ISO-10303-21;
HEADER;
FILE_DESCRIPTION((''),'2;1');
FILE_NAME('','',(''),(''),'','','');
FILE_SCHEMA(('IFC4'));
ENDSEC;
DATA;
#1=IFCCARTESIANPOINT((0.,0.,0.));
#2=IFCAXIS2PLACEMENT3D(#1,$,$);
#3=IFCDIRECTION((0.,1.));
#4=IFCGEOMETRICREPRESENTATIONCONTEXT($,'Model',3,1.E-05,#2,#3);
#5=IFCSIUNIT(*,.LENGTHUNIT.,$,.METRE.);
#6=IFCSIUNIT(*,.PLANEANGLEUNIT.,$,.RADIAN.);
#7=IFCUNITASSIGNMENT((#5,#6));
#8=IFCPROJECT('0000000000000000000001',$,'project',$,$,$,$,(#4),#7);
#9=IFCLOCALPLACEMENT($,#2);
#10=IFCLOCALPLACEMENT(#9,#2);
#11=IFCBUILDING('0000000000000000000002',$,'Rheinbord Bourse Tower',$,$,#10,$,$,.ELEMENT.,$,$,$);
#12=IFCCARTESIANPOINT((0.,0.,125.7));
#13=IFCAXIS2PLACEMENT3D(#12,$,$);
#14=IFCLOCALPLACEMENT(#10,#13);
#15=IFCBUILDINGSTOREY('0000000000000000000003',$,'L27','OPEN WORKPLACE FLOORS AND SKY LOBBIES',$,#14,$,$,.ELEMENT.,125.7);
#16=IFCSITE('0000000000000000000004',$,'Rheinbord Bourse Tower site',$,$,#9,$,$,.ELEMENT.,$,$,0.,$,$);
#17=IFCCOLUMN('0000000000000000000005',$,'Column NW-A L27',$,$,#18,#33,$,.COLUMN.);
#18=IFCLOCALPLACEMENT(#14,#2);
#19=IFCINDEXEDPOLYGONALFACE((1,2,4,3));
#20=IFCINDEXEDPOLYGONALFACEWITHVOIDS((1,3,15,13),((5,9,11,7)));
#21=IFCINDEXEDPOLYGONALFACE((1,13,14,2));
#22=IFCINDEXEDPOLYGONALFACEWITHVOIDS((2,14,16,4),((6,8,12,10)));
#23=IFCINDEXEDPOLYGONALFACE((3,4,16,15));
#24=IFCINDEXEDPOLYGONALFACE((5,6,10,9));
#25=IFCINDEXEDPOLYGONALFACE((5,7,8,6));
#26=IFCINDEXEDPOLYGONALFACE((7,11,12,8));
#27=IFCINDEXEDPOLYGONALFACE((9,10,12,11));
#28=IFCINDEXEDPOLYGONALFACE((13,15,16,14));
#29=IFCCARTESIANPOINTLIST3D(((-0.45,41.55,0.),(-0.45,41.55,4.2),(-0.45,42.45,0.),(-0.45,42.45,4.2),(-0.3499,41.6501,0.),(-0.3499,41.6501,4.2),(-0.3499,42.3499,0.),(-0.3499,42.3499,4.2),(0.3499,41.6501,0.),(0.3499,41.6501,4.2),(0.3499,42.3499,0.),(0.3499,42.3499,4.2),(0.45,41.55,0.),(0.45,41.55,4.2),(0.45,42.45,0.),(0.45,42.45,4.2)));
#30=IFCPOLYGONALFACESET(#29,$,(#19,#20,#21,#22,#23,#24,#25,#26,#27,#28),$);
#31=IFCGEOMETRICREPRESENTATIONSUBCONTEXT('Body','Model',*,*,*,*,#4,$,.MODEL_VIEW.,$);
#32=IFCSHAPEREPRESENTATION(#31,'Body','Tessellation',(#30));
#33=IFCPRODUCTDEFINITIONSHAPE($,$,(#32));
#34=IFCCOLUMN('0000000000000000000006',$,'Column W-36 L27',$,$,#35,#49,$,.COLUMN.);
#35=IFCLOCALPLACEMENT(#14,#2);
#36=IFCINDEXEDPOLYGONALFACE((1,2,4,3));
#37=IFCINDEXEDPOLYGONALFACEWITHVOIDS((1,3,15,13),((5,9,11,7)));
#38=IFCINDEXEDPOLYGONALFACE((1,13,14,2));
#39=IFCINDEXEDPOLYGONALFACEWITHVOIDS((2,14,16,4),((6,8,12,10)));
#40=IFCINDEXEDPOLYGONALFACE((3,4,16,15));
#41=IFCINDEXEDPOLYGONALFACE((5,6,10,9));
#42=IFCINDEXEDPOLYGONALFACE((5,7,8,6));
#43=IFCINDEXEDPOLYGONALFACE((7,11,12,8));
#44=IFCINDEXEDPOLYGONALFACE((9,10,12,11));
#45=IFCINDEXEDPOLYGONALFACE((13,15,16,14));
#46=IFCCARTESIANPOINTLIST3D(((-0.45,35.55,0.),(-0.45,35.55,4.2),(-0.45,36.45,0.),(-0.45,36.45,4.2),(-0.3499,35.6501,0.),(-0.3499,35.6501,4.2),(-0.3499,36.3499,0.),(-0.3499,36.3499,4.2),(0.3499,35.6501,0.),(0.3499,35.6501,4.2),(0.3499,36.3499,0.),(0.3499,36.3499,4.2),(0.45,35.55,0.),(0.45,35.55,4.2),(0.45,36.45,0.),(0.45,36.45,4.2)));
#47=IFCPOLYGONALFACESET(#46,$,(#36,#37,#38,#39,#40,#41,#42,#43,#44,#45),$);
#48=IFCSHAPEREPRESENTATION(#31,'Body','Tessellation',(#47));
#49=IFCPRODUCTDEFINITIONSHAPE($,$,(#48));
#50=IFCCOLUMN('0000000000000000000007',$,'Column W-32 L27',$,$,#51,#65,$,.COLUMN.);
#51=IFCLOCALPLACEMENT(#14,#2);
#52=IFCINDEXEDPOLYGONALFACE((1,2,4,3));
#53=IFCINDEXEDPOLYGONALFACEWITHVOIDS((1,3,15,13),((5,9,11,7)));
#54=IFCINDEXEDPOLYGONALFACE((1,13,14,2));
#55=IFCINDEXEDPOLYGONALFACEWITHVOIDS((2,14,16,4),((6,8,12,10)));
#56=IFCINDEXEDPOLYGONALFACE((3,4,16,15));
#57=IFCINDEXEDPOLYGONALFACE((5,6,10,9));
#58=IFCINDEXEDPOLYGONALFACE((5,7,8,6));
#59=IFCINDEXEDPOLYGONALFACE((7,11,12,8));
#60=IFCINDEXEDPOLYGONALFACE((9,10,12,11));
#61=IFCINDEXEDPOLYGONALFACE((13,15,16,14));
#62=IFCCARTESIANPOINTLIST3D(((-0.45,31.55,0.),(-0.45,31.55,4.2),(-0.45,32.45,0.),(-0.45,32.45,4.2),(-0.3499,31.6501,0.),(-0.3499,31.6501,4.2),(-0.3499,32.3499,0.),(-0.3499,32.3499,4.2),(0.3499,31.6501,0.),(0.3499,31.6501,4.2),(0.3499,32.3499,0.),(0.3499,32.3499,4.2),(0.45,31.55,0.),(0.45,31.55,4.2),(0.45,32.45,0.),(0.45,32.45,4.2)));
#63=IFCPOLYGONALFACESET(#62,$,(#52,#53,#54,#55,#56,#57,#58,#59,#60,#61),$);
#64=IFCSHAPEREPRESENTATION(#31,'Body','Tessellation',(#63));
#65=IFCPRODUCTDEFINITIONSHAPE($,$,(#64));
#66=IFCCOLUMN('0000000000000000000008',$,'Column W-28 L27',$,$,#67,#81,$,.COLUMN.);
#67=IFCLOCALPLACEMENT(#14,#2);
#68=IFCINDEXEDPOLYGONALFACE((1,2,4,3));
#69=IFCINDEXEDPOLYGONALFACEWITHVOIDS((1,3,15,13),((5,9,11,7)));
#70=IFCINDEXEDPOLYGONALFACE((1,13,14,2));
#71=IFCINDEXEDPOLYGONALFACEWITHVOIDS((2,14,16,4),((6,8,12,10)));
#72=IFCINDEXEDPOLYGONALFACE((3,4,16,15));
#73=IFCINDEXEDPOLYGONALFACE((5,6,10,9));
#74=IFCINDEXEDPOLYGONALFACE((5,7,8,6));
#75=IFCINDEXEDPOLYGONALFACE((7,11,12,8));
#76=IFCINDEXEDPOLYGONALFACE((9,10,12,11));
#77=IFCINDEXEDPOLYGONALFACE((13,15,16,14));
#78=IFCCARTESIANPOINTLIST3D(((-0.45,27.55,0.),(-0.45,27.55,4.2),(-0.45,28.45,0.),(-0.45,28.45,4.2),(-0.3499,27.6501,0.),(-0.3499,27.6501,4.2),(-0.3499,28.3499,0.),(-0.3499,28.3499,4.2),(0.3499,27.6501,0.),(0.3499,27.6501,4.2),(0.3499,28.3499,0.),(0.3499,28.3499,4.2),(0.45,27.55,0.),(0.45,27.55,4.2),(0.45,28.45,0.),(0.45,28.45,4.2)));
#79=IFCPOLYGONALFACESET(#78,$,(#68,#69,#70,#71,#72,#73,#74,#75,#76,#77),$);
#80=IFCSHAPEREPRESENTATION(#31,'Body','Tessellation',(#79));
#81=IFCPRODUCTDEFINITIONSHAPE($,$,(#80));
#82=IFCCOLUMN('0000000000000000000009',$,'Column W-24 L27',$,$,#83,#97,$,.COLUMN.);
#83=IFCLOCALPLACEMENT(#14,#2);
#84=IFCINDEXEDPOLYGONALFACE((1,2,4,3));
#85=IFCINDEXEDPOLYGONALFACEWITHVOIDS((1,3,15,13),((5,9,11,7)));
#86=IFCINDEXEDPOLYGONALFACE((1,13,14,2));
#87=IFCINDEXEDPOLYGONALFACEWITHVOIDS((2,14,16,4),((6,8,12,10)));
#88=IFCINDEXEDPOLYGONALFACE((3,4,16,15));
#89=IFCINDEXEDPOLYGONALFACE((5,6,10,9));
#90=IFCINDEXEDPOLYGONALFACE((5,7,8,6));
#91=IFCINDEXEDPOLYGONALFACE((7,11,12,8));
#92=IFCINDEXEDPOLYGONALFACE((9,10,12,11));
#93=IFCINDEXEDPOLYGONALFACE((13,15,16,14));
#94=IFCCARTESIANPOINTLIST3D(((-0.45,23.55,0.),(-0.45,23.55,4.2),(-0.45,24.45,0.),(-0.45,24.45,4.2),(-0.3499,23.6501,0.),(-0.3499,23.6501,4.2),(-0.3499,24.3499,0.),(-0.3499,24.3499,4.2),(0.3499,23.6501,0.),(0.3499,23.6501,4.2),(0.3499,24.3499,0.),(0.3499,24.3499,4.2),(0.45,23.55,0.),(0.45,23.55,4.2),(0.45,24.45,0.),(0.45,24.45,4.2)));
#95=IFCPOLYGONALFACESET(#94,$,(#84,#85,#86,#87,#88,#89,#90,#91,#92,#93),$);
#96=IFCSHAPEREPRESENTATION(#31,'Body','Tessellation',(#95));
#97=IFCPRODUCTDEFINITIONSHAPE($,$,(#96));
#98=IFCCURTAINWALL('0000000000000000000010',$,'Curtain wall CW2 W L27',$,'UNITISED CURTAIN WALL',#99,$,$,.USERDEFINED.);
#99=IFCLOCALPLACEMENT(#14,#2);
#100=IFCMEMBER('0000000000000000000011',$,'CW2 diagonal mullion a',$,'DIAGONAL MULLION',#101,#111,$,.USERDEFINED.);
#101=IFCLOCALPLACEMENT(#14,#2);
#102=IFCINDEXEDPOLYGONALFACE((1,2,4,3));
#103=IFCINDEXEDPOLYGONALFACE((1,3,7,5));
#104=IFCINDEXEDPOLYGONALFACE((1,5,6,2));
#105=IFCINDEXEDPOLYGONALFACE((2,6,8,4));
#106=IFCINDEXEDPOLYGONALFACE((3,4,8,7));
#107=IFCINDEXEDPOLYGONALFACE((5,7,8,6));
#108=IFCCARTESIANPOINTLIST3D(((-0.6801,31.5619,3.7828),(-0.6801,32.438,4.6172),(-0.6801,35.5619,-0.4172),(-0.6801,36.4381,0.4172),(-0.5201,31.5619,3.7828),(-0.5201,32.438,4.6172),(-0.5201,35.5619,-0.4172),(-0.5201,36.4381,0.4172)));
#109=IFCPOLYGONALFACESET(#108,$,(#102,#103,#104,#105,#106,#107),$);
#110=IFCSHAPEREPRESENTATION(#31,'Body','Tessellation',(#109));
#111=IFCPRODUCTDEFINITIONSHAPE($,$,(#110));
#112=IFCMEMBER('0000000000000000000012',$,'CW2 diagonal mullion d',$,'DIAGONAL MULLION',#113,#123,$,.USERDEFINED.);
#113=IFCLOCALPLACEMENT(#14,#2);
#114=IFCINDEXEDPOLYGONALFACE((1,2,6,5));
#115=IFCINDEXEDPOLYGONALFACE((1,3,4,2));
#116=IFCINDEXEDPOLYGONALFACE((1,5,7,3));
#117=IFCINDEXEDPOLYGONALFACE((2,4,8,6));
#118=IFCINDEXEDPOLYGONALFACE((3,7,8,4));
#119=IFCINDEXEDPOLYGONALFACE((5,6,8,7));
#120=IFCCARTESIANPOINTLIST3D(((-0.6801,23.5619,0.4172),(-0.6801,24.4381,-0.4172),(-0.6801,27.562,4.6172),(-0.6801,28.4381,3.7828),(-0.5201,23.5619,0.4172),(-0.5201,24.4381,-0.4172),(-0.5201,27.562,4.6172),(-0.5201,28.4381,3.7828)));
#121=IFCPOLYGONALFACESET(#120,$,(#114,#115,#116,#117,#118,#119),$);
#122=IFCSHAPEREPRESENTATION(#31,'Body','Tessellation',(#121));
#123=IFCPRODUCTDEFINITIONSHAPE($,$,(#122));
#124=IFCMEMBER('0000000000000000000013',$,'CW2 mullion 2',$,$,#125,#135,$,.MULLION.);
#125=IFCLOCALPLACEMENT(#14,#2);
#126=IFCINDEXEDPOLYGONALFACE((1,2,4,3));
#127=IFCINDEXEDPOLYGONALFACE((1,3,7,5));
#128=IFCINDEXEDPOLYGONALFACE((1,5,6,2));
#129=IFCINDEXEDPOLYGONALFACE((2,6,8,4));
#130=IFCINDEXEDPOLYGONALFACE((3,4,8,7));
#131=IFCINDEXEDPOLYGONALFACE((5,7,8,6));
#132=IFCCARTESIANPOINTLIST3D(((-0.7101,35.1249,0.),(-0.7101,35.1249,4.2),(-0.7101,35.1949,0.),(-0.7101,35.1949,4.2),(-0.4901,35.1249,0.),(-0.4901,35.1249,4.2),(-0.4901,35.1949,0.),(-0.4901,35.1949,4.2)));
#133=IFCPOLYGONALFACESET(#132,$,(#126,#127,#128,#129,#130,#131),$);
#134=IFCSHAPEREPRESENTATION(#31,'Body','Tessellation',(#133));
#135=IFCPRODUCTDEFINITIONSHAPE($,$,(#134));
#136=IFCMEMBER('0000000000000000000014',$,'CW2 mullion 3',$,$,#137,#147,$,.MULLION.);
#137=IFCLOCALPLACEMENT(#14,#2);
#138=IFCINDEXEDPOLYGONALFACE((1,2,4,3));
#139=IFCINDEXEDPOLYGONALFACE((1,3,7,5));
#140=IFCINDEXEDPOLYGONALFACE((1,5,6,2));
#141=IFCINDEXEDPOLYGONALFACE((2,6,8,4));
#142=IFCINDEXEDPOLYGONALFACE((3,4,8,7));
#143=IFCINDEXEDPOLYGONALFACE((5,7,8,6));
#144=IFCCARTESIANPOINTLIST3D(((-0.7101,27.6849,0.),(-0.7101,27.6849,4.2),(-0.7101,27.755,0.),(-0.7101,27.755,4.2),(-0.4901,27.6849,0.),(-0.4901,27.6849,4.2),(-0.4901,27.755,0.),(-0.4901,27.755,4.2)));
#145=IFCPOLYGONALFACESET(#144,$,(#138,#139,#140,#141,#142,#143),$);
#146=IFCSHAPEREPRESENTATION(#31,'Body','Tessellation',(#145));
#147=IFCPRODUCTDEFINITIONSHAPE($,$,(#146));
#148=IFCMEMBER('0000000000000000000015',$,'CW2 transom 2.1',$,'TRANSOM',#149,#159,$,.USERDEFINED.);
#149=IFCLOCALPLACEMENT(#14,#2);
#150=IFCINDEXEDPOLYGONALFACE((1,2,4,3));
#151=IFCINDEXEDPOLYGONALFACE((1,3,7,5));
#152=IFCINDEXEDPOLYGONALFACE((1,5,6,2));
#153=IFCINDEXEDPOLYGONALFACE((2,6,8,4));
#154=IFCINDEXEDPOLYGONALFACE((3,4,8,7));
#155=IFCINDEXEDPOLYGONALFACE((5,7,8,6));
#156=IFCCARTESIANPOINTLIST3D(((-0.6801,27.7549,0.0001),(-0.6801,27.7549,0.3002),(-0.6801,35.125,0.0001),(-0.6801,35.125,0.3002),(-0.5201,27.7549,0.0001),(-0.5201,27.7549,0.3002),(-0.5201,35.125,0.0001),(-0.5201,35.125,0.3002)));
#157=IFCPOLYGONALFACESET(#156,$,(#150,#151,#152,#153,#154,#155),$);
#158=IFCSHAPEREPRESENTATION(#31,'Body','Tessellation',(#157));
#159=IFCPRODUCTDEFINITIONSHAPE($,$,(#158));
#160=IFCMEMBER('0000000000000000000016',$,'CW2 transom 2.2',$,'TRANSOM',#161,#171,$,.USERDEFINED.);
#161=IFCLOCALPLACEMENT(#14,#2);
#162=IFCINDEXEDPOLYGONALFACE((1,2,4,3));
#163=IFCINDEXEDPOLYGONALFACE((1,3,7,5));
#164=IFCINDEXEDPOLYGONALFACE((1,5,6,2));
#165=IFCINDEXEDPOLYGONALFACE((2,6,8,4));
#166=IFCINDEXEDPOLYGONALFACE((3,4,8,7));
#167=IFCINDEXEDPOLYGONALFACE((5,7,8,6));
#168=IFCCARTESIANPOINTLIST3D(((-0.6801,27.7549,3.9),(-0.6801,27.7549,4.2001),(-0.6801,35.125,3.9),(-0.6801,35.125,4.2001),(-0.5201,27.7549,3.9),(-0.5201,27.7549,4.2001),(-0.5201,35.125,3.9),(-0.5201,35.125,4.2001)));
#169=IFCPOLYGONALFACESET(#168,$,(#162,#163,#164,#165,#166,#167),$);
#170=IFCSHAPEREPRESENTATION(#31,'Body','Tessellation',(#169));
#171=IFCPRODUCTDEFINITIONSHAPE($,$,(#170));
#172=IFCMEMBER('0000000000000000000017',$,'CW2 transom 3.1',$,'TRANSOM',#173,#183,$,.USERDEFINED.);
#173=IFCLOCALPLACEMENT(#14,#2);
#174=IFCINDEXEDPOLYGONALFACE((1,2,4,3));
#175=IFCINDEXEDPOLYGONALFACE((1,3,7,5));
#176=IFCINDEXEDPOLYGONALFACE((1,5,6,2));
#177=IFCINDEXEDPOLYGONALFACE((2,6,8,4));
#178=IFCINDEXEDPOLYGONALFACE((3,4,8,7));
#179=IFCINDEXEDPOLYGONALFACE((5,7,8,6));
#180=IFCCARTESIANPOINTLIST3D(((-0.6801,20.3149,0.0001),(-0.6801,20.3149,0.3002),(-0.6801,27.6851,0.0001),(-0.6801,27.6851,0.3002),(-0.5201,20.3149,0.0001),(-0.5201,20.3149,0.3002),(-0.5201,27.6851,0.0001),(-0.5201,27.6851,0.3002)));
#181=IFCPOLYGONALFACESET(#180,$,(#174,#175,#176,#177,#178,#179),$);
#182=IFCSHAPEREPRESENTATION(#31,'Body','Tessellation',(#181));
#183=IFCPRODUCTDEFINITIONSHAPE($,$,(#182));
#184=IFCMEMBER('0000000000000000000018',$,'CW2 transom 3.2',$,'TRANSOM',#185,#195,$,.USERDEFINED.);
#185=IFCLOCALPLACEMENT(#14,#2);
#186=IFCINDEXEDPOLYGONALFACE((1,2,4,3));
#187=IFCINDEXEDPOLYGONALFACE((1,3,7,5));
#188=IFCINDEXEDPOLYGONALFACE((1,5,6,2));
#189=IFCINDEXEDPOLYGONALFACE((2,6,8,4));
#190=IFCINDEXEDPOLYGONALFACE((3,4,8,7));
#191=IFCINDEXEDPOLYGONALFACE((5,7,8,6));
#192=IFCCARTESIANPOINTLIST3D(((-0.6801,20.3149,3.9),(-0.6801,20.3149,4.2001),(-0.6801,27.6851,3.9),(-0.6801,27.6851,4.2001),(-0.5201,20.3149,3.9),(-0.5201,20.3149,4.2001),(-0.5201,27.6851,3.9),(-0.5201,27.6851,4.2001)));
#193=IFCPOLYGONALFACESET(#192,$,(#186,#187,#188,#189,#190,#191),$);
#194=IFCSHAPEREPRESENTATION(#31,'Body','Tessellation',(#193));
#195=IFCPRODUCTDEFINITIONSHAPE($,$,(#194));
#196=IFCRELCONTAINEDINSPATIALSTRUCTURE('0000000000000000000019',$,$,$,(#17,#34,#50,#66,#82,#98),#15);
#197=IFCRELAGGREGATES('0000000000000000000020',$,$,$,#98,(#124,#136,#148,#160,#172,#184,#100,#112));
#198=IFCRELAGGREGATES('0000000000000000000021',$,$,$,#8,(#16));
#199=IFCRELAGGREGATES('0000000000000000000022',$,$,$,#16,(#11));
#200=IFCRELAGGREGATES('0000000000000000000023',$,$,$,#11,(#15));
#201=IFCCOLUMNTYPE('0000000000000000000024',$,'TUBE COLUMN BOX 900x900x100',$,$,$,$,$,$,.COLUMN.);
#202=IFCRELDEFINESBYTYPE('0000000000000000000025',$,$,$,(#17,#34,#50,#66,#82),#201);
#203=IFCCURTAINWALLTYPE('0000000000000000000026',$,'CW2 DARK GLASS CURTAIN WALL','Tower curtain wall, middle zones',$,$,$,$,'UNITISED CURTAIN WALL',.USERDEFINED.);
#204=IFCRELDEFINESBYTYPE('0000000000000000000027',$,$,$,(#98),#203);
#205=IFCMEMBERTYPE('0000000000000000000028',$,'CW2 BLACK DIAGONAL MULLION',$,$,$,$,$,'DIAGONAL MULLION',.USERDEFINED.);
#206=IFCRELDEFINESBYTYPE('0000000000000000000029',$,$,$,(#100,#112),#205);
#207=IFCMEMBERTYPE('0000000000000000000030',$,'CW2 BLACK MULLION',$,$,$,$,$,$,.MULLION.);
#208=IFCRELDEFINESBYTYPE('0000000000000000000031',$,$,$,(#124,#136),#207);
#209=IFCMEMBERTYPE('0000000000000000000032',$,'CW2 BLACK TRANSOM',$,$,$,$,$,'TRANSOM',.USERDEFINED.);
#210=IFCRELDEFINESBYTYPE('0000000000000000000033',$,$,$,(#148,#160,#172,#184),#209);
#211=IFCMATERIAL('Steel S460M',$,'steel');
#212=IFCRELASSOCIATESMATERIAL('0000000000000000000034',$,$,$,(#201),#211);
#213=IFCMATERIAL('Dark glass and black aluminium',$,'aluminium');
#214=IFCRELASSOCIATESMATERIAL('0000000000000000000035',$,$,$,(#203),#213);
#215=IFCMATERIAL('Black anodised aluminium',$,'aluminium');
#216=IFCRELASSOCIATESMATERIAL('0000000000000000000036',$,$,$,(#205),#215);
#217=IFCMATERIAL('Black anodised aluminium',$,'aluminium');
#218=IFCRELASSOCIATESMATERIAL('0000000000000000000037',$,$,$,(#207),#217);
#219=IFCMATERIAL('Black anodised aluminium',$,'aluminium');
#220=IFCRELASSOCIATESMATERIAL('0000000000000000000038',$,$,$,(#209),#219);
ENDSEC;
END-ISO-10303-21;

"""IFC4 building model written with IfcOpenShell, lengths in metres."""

from ifc_helpers import new_model, si_unit, direction, frame, origin, origin_2d, place, context, subcontext, project, spatial, rectangle, hollow_rectangle, extrude, material, material_profile, profile_set, type_object, element, aggregate, save


model = new_model("IFC4")

# Units and contexts
model_context = context("Model", 3, precision=1e-05, world=origin(), true_north=direction((0.0, 1.0)))
body_context = subcontext(model_context, "Body", "Model", "MODEL_VIEW")
ifc_project = project(units=[si_unit("LENGTHUNIT", "METRE"), si_unit("PLANEANGLEUNIT", "RADIAN")], contexts=[model_context])

# Site, building, storey
site_placement = place(None, origin())
site = spatial("IfcSite", under=ifc_project, at=site_placement, Name="Rheinbord Bourse Tower site", CompositionType="ELEMENT", RefElevation=0.0)
building_placement = place(site_placement, origin())
building = spatial("IfcBuilding", under=site, at=building_placement, Name="Rheinbord Bourse Tower", CompositionType="ELEMENT")
storey_placement = place(building_placement, frame((0.0, 0.0, 125.7)))
storey = spatial("IfcBuildingStorey", under=building, at=storey_placement, Name="L27", Description="OPEN WORKPLACE FLOORS AND SKY LOBBIES", CompositionType="ELEMENT", Elevation=125.7)

# Columns
ifc_material_1 = material(Name="Steel S460M", Category="steel")
ifc_material_profile_1 = material_profile(ifc_material_1, hollow_rectangle(XDim=0.8999, YDim=0.8999, WallThickness=0.1001, at=origin_2d()), Name="BOX 900x900x100")
ifc_profile_set_1 = profile_set([ifc_material_profile_1], Name="Steel S460M")
column_type = type_object("IfcColumnType", Name="TUBE COLUMN BOX 900x900x100", PredefinedType="COLUMN", material=ifc_profile_set_1)
for number, where, z_axis, x_axis, name in (
    (1, (0.0, 42.0, 0.0), (0.0, 0.0, 1.0), (1.0, 0.0, 0.0), "Column NW-A L27"),
    (2, (0.0, 36.0, 0.0), (0.0, 0.0, 1.0), (1.0, 0.0, 0.0), "Column W-36 L27"),
    (3, (0.0, 32.0, 0.0), (0.0, 0.0, 1.0), (1.0, 0.0, 0.0), "Column W-32 L27"),
    (4, (0.0, 28.0, 0.0), (0.0, 0.0, 1.0), (1.0, 0.0, 0.0), "Column W-28 L27"),
    (5, (0.0, 24.0, 0.0), (0.0, 0.0, 1.0), (1.0, 0.0, 0.0), "Column W-24 L27"),
):
    element("IfcColumn", number, at=place(storey_placement, frame(where, z_axis=z_axis, x_axis=x_axis)), inside=storey, type_object=column_type, Name=name, PredefinedType="COLUMN", context=body_context, shape_type="SweptSolid", body=[
        extrude(hollow_rectangle(XDim=0.8999, YDim=0.8999, WallThickness=0.1001, at=origin_2d()), origin(), (0.0, 0.0, 1.0), 4.2),
    ])

# Curtain wall, members
ifc_material_2 = material(Name="Dark glass and black aluminium", Category="aluminium")
curtain_wall_type = type_object("IfcCurtainWallType", Name="CW2 DARK GLASS CURTAIN WALL", Description="Tower curtain wall, middle zones", ElementType="UNITISED CURTAIN WALL", PredefinedType="USERDEFINED", material=ifc_material_2)
curtain_wall_placement = place(storey_placement, origin())
curtain_wall = element("IfcCurtainWall", 6, at=curtain_wall_placement, inside=storey, type_object=curtain_wall_type, Name="Curtain wall CW2 W L27", ObjectType="UNITISED CURTAIN WALL", PredefinedType="USERDEFINED")
ifc_material_3 = material(Name="Black anodised aluminium", Category="aluminium")
ifc_material_profile_2 = material_profile(ifc_material_3, rectangle(XDim=0.1599, YDim=1.21, at=origin_2d()), Name="CW2 DIAGONAL MULLION 1210x160")
ifc_profile_set_2 = profile_set([ifc_material_profile_2], Name="Black anodised aluminium")
member_type_1 = type_object("IfcMemberType", Name="CW2 BLACK DIAGONAL MULLION", ElementType="DIAGONAL MULLION", PredefinedType="USERDEFINED", material=ifc_profile_set_2)
member_1_placement = place(storey_placement, frame((-0.6001, 36.0, 0.0), z_axis=(0.0, -0.689659, 0.724134), x_axis=(1.0, 0.0, 0.0)))
member_1 = element("IfcMember", 7, at=member_1_placement, type_object=member_type_1, Name="CW2 diagonal mullion a", ObjectType="DIAGONAL MULLION", PredefinedType="USERDEFINED", context=body_context, shape_type="SweptSolid", body=[
    extrude(rectangle(XDim=0.1599, YDim=1.21, at=origin_2d()), origin(), (0.0, 0.0, 1.0), 5.8),
])
member_2_placement = place(storey_placement, frame((-0.6001, 24.0, 0.0), z_axis=(0.0, 0.689659, 0.724134), x_axis=(-1.0, 0.0, 0.0)))
member_2 = element("IfcMember", 8, at=member_2_placement, type_object=member_type_1, Name="CW2 diagonal mullion d", ObjectType="DIAGONAL MULLION", PredefinedType="USERDEFINED", context=body_context, shape_type="SweptSolid", body=[
    extrude(rectangle(XDim=0.1599, YDim=1.21, at=origin_2d()), origin(), (0.0, 0.0, 1.0), 5.8),
])
ifc_material_4 = material(Name="Black anodised aluminium", Category="aluminium")
ifc_material_profile_3 = material_profile(ifc_material_4, rectangle(XDim=0.22, YDim=0.0701, at=origin_2d()), Name="CW2 MULLION 70x220")
ifc_profile_set_3 = profile_set([ifc_material_profile_3], Name="Black anodised aluminium")
member_type_2 = type_object("IfcMemberType", Name="CW2 BLACK MULLION", PredefinedType="MULLION", material=ifc_profile_set_3)
member_3_placement = place(storey_placement, frame((-0.6001, 35.1599, 0.0), z_axis=(0.0, 0.0, 1.0), x_axis=(1.0, 0.0, 0.0)))
member_3 = element("IfcMember", 9, at=member_3_placement, type_object=member_type_2, Name="CW2 mullion 2", PredefinedType="MULLION", context=body_context, shape_type="SweptSolid", body=[
    extrude(rectangle(XDim=0.22, YDim=0.0701, at=origin_2d()), origin(), (0.0, 0.0, 1.0), 4.2),
])
member_4_placement = place(storey_placement, frame((-0.6001, 27.72, 0.0), z_axis=(0.0, 0.0, 1.0), x_axis=(1.0, 0.0, 0.0)))
member_4 = element("IfcMember", 10, at=member_4_placement, type_object=member_type_2, Name="CW2 mullion 3", PredefinedType="MULLION", context=body_context, shape_type="SweptSolid", body=[
    extrude(rectangle(XDim=0.22, YDim=0.0701, at=origin_2d()), origin(), (0.0, 0.0, 1.0), 4.2),
])
ifc_material_5 = material(Name="Black anodised aluminium", Category="aluminium")
ifc_material_profile_4 = material_profile(ifc_material_5, rectangle(XDim=0.1599, YDim=0.3, at=origin_2d()), Name="CW2 TRANSOM 300x160")
ifc_profile_set_4 = profile_set([ifc_material_profile_4], Name="Black anodised aluminium")
member_type_3 = type_object("IfcMemberType", Name="CW2 BLACK TRANSOM", ElementType="TRANSOM", PredefinedType="USERDEFINED", material=ifc_profile_set_4)
member_5_placement = place(storey_placement, frame((-0.6001, 35.125, 0.1501), z_axis=(0.0, -1.0, 0.0), x_axis=(1.0, 0.0, 0.0)))
member_5 = element("IfcMember", 11, at=member_5_placement, type_object=member_type_3, Name="CW2 transom 2.1", ObjectType="TRANSOM", PredefinedType="USERDEFINED", context=body_context, shape_type="SweptSolid", body=[
    extrude(rectangle(XDim=0.1599, YDim=0.3, at=origin_2d()), origin(), (0.0, 0.0, 1.0), 7.3701),
])
member_6_placement = place(storey_placement, frame((-0.6001, 35.125, 4.05), z_axis=(0.0, -1.0, 0.0), x_axis=(1.0, 0.0, 0.0)))
member_6 = element("IfcMember", 12, at=member_6_placement, type_object=member_type_3, Name="CW2 transom 2.2", ObjectType="TRANSOM", PredefinedType="USERDEFINED", context=body_context, shape_type="SweptSolid", body=[
    extrude(rectangle(XDim=0.1599, YDim=0.3, at=origin_2d()), origin(), (0.0, 0.0, 1.0), 7.3701),
])
member_7_placement = place(storey_placement, frame((-0.6001, 27.6851, 0.1501), z_axis=(0.0, -1.0, 0.0), x_axis=(1.0, 0.0, 0.0)))
member_7 = element("IfcMember", 13, at=member_7_placement, type_object=member_type_3, Name="CW2 transom 3.1", ObjectType="TRANSOM", PredefinedType="USERDEFINED", context=body_context, shape_type="SweptSolid", body=[
    extrude(rectangle(XDim=0.1599, YDim=0.3, at=origin_2d()), origin(), (0.0, 0.0, 1.0), 7.3701),
])
member_8_placement = place(storey_placement, frame((-0.6001, 27.6851, 4.05), z_axis=(0.0, -1.0, 0.0), x_axis=(1.0, 0.0, 0.0)))
member_8 = element("IfcMember", 14, at=member_8_placement, type_object=member_type_3, Name="CW2 transom 3.2", ObjectType="TRANSOM", PredefinedType="USERDEFINED", context=body_context, shape_type="SweptSolid", body=[
    extrude(rectangle(XDim=0.1599, YDim=0.3, at=origin_2d()), origin(), (0.0, 0.0, 1.0), 7.3701),
])

aggregate(curtain_wall, [member_3, member_4, member_5, member_6, member_7, member_8, member_1, member_2])

save(model, "model.ifc")
